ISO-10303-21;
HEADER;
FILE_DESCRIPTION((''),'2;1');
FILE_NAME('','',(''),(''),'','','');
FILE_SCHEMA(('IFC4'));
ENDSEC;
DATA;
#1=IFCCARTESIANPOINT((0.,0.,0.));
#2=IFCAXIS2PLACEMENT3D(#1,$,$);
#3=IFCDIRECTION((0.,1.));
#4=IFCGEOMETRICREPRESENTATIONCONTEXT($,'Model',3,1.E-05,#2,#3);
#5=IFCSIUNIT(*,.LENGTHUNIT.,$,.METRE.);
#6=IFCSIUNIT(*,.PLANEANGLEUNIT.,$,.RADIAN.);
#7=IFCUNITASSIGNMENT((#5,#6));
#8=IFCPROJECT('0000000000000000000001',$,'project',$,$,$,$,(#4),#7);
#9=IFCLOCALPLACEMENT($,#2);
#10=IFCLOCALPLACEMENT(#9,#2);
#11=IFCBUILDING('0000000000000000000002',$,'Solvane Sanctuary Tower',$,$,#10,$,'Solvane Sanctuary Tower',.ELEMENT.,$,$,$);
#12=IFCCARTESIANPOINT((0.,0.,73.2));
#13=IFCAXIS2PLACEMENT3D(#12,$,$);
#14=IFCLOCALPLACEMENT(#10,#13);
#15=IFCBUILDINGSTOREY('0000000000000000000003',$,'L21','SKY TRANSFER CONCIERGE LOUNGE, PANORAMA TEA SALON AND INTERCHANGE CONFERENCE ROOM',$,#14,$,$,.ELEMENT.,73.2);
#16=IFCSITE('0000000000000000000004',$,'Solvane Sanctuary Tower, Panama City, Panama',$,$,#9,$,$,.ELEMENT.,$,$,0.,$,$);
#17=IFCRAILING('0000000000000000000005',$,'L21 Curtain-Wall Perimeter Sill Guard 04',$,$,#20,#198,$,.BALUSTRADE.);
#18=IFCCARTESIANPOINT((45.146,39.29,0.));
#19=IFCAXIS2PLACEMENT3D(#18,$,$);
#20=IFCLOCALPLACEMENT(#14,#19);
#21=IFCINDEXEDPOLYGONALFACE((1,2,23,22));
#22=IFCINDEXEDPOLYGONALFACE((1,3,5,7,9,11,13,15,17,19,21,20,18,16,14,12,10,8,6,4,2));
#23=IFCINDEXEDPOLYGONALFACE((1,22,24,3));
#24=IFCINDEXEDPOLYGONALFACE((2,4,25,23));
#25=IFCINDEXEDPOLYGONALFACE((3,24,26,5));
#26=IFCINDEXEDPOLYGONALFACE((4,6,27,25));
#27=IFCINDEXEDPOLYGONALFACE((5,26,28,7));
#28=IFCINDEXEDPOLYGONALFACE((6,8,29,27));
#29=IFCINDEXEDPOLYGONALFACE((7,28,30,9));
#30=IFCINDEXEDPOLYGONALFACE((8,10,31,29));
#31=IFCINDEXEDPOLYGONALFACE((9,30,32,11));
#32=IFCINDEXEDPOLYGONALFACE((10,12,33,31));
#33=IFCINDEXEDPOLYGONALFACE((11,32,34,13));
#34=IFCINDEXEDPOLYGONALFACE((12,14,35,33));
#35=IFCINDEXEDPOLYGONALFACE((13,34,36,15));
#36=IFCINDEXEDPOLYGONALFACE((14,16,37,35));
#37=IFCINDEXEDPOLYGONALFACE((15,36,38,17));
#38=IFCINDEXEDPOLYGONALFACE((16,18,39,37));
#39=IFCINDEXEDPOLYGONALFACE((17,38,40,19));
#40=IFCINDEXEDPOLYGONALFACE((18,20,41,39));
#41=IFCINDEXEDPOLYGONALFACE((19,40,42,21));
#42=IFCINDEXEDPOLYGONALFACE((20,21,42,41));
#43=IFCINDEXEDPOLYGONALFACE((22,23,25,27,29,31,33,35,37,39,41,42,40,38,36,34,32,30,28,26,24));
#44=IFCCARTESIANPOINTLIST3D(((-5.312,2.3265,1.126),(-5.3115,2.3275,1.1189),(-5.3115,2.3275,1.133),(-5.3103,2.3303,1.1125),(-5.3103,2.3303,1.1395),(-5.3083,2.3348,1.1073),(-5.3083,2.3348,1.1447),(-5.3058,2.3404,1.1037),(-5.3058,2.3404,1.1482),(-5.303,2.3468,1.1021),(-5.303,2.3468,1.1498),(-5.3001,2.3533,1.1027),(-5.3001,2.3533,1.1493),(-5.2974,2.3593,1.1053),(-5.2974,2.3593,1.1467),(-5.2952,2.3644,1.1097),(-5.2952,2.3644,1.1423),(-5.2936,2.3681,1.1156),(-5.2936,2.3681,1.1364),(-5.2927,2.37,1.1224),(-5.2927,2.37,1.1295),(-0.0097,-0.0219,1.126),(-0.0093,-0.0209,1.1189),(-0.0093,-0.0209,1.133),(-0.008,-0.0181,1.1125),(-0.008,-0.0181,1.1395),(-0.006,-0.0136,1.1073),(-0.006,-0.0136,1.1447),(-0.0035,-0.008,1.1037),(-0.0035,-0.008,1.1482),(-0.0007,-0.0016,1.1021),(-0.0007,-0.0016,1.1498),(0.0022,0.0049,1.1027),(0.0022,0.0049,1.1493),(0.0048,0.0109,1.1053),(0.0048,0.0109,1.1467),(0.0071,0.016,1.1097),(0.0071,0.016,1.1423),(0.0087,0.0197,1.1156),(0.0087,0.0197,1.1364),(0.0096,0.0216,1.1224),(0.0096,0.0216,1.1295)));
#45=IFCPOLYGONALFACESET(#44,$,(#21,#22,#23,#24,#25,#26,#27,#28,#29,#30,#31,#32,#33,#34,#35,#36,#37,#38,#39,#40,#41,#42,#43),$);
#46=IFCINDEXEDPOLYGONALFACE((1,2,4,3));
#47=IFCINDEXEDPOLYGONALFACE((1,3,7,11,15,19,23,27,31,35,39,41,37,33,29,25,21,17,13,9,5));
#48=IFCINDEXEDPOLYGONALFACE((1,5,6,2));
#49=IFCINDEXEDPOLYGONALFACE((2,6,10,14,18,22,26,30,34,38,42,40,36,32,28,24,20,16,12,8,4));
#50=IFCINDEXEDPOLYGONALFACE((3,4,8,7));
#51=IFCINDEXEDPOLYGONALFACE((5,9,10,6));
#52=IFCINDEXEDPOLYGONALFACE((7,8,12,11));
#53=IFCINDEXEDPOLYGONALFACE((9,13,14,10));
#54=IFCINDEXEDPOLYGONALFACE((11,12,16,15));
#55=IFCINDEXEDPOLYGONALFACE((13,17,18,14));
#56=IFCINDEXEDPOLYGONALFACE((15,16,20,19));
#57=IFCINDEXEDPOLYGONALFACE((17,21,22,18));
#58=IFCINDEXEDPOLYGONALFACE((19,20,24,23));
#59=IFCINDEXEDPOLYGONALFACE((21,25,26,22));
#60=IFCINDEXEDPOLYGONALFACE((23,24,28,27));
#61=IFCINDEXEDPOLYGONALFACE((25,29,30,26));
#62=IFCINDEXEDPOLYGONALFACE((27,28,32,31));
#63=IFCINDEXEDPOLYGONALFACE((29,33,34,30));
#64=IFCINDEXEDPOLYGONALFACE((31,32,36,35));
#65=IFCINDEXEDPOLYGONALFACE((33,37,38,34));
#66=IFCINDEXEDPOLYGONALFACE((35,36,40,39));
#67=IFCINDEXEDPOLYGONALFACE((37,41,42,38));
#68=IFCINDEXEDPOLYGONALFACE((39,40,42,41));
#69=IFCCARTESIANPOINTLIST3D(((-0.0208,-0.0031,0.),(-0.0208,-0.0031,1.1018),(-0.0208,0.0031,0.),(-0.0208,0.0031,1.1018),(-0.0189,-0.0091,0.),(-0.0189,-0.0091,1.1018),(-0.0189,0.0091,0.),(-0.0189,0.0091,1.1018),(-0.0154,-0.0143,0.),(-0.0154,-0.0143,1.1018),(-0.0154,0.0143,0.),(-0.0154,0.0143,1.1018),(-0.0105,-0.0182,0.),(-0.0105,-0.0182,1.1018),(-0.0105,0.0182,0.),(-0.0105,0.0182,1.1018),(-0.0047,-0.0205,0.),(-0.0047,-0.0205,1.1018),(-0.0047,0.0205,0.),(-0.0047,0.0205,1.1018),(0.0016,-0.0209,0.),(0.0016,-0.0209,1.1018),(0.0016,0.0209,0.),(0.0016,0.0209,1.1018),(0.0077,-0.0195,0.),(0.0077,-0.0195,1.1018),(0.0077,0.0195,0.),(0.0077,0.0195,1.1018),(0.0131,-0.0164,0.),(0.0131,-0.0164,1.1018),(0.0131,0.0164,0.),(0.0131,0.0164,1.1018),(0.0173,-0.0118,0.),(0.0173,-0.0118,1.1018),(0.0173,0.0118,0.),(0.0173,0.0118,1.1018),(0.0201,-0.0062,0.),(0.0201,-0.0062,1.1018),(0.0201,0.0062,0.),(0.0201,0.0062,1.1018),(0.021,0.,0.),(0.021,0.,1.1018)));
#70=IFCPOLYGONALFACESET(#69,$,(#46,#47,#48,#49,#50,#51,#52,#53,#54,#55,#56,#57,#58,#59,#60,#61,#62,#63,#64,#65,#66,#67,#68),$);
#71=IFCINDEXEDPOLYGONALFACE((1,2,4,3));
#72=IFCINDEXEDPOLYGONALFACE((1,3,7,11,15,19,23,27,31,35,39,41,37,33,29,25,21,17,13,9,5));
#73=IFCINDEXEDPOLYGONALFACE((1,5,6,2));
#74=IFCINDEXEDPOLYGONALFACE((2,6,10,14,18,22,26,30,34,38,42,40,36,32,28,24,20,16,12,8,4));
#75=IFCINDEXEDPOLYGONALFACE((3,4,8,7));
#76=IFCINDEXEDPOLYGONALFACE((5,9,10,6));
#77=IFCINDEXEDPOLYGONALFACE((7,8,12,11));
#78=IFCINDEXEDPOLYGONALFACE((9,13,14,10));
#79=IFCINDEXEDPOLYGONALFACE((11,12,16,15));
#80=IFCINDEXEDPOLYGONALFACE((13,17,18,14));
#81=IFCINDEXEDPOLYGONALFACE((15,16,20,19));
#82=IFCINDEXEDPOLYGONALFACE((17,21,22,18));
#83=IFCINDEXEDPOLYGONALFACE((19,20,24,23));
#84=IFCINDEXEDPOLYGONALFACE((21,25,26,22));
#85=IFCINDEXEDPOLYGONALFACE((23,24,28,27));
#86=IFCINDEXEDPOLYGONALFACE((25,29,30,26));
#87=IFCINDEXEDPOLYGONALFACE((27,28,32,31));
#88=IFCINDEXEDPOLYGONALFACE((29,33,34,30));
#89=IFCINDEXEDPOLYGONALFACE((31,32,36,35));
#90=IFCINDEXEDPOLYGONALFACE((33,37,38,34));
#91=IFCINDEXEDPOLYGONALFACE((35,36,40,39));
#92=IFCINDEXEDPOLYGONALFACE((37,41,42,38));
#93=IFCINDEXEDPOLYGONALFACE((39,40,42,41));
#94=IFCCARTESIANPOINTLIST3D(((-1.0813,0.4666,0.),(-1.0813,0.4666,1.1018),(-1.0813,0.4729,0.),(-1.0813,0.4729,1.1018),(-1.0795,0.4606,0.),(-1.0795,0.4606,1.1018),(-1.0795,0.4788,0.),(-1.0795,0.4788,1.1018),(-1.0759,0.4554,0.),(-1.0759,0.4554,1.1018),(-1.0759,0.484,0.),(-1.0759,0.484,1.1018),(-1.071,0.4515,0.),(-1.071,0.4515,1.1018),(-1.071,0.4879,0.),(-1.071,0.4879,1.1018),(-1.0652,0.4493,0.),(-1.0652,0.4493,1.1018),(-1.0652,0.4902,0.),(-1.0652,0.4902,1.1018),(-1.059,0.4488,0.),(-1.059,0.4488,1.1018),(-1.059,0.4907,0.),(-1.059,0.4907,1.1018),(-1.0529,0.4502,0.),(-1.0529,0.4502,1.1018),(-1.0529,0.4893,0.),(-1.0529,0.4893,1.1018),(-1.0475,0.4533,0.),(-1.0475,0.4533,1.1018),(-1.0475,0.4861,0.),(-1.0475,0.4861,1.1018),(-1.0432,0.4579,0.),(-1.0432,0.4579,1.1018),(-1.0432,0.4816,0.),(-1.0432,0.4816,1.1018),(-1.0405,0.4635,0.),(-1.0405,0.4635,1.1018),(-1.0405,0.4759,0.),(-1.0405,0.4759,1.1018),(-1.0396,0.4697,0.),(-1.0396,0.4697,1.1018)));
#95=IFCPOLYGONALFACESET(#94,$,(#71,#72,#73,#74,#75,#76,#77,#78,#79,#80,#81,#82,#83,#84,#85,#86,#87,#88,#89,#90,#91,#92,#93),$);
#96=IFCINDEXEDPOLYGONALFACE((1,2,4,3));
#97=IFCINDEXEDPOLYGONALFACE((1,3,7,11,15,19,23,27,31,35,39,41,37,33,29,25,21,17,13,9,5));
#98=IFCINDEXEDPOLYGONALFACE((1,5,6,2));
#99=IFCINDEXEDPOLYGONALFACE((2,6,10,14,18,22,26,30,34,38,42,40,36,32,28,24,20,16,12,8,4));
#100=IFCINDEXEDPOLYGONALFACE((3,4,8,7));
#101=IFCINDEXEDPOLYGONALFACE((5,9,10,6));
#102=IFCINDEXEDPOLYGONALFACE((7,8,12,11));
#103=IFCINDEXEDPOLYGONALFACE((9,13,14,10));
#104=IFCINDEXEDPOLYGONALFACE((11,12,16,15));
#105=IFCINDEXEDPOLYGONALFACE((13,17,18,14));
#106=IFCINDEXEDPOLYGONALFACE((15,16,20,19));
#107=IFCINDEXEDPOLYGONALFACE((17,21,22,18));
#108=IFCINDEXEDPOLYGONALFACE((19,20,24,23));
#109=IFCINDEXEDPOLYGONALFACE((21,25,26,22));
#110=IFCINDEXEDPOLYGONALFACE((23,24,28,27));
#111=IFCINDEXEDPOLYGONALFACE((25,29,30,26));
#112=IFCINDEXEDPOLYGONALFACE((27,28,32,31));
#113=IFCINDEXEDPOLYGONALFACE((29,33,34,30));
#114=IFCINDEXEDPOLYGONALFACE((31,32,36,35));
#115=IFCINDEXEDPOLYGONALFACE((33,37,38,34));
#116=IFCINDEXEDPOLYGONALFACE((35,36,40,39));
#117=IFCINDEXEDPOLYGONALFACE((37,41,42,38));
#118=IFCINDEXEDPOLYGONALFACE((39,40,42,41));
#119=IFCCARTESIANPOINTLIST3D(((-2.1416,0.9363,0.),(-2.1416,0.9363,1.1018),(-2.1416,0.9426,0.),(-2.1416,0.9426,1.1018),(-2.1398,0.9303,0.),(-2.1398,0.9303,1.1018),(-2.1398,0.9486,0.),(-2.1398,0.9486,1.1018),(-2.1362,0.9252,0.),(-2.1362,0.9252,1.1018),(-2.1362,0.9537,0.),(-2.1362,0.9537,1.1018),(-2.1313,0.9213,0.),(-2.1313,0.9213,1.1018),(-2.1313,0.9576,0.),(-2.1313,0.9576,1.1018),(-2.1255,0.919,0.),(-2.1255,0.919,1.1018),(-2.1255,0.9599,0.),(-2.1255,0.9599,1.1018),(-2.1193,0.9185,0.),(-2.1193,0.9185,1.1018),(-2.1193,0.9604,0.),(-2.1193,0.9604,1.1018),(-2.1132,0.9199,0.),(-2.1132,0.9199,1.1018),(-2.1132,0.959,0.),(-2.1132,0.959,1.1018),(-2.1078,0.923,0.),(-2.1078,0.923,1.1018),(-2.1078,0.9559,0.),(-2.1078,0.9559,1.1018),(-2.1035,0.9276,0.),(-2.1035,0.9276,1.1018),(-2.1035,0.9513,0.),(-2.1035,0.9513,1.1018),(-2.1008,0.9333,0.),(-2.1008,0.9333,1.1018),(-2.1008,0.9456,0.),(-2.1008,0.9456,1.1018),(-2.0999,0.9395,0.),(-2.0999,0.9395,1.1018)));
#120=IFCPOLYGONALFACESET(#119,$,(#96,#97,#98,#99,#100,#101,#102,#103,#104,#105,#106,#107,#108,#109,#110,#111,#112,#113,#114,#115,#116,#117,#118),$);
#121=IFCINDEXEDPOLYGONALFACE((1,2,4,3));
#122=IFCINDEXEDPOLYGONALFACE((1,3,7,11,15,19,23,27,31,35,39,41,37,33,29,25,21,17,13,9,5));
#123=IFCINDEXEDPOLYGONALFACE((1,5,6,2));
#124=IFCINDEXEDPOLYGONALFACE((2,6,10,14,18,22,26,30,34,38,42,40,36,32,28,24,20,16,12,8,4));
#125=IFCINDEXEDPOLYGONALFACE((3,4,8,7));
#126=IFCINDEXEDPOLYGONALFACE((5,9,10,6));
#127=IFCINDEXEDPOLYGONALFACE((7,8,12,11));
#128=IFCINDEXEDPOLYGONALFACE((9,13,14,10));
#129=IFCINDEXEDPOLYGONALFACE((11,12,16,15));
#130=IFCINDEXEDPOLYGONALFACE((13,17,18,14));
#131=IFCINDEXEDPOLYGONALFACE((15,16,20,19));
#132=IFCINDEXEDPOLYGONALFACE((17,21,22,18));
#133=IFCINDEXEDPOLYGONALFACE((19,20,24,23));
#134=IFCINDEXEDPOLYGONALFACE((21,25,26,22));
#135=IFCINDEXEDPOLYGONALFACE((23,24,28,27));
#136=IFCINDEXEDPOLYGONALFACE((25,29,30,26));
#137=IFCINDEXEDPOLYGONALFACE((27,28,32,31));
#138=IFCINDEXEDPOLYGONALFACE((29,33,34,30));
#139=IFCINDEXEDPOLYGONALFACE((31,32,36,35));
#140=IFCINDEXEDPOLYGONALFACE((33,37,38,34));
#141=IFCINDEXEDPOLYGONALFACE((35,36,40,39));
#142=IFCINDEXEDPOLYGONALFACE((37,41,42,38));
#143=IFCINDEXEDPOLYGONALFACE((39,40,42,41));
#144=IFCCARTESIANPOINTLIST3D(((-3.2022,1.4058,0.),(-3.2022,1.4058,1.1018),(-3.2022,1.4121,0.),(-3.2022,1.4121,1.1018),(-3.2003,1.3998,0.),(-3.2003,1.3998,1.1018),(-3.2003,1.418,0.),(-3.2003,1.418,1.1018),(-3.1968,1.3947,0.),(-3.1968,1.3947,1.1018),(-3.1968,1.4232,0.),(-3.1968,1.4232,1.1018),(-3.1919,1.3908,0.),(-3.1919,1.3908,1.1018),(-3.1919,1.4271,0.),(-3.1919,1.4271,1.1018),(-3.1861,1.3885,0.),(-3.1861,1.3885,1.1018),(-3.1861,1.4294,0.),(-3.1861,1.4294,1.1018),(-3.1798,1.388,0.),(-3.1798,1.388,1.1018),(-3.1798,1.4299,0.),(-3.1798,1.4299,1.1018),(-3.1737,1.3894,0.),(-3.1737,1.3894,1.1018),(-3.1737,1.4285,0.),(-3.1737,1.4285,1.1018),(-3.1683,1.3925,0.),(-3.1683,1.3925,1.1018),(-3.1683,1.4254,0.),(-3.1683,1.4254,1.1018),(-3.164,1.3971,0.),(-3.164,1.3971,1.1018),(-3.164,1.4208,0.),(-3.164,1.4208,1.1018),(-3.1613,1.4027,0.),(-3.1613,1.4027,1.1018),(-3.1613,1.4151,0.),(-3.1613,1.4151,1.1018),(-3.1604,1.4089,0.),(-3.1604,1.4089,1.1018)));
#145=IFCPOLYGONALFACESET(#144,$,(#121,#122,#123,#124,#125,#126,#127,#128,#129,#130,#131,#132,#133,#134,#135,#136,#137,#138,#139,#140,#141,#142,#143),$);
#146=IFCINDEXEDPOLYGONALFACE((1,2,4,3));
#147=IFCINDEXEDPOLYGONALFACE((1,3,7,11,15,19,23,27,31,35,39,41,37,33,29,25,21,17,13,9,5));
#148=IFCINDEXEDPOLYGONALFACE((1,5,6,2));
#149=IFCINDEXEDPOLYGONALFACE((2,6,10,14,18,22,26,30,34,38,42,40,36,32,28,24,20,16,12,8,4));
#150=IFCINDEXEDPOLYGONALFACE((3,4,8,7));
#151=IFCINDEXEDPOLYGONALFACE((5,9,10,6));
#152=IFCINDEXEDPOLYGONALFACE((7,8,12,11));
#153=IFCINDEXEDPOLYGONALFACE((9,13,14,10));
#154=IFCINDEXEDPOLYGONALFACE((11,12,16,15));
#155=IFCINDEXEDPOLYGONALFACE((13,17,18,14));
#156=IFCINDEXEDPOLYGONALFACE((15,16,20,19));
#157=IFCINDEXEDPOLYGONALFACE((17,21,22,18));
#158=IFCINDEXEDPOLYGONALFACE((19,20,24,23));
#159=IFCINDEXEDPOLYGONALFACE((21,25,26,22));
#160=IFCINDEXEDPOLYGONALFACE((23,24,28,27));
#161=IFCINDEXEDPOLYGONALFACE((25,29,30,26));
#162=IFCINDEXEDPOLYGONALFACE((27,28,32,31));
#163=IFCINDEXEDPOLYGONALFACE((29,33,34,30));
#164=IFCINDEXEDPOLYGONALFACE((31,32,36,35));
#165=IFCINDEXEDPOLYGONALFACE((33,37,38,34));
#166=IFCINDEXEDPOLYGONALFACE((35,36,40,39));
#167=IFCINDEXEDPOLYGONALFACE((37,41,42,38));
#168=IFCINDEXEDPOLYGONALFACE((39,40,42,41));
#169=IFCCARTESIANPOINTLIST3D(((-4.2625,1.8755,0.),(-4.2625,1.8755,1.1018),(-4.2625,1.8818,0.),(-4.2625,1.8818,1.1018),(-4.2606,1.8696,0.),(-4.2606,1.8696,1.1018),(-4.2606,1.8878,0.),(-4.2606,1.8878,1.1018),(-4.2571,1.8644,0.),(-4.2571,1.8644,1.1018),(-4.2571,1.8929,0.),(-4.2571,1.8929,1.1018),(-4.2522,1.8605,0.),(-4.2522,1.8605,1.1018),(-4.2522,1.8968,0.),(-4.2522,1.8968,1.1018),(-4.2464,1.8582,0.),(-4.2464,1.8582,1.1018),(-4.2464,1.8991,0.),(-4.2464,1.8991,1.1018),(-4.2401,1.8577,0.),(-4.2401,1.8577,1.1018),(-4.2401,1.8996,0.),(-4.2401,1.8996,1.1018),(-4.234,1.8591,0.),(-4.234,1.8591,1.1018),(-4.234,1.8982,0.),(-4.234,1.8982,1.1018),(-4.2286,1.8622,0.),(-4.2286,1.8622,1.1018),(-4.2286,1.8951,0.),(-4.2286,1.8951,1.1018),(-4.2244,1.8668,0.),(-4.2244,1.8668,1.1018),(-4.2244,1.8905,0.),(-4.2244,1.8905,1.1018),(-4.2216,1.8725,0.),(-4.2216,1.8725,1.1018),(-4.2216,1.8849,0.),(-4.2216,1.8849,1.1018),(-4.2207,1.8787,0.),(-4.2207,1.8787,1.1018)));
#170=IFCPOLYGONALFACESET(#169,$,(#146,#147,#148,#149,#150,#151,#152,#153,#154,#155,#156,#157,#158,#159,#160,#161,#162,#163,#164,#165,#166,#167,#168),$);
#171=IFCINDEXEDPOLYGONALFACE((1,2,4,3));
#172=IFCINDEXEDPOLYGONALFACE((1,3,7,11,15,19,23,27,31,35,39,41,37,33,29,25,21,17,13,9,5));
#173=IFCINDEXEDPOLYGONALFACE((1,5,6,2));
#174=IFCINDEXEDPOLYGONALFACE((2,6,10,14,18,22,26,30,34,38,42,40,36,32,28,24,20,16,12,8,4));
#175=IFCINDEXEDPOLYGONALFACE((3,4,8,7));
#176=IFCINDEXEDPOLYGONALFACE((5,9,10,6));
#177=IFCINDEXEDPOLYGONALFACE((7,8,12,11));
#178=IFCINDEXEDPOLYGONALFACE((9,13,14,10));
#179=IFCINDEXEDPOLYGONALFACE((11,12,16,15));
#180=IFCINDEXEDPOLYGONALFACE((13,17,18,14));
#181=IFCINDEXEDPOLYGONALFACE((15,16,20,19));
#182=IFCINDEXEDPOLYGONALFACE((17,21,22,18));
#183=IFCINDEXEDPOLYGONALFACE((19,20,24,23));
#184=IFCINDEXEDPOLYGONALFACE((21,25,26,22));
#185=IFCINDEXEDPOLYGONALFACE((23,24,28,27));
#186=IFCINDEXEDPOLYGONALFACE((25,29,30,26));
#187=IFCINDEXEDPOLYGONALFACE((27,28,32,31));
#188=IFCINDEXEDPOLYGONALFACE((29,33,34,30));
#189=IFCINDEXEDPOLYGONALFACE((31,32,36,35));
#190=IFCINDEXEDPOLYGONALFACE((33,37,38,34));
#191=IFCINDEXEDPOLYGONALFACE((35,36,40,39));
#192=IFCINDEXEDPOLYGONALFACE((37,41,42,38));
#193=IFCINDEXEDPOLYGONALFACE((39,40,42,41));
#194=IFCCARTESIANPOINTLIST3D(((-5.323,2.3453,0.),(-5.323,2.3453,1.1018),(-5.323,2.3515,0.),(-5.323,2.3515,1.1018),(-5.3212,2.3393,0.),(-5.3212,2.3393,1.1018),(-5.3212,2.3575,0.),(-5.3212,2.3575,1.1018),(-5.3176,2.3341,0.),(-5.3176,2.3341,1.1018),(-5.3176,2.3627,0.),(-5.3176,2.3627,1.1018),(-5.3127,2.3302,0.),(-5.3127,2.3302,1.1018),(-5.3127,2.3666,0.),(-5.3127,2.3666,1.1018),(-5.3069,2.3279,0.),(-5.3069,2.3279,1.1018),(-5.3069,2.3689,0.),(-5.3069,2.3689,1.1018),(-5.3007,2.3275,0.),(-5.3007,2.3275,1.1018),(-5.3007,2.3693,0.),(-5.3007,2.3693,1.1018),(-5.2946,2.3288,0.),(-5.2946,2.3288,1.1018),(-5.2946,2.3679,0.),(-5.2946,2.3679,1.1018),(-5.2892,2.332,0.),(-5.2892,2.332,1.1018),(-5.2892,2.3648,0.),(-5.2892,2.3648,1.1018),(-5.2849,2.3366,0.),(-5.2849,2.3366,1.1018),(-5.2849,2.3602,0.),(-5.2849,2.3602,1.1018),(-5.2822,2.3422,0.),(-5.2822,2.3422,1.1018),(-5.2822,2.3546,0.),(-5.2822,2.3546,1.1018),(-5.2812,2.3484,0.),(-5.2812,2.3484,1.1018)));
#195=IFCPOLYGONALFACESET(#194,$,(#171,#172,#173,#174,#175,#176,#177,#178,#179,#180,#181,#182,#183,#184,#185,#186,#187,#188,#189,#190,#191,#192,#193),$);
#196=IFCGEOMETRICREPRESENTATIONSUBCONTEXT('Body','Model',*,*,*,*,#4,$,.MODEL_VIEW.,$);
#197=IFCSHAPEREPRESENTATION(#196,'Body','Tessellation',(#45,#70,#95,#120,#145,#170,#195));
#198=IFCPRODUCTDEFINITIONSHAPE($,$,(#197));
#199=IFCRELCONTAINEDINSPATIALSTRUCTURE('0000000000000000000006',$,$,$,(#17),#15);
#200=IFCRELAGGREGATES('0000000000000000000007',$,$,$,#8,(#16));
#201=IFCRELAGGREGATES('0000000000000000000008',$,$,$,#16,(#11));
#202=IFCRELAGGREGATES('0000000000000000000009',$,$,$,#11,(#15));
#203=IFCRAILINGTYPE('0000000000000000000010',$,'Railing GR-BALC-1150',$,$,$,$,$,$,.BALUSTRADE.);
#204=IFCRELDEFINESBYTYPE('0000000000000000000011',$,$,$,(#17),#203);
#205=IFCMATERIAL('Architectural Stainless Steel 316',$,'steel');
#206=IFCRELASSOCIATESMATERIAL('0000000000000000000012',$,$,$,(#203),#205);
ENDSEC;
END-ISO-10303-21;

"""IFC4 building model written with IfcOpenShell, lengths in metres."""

from ifc_helpers import new_model, si_unit, direction, frame, origin, origin_2d, place, context, subcontext, project, spatial, circle, extrude, material, type_object, element, save


model = new_model("IFC4")

# Units and contexts
model_context = context("Model", 3, precision=1e-05, world=origin(), true_north=direction((0.0, 1.0)))
body_context = subcontext(model_context, "Body", "Model", "MODEL_VIEW")
ifc_project = project(units=[si_unit("LENGTHUNIT", "METRE"), si_unit("PLANEANGLEUNIT", "RADIAN")], contexts=[model_context])

# Site, building, storey
site_placement = place(None, origin())
site = spatial("IfcSite", under=ifc_project, at=site_placement, Name="Solvane Sanctuary Tower, Panama City, Panama", CompositionType="ELEMENT", RefElevation=0.0)
building_placement = place(site_placement, origin())
building = spatial("IfcBuilding", under=site, at=building_placement, Name="Solvane Sanctuary Tower", LongName="Solvane Sanctuary Tower", CompositionType="ELEMENT")
storey_placement = place(building_placement, frame((0.0, 0.0, 73.2)))
storey = spatial("IfcBuildingStorey", under=building, at=storey_placement, Name="L21", Description="SKY TRANSFER CONCIERGE LOUNGE, PANORAMA TEA SALON AND INTERCHANGE CONFERENCE ROOM", CompositionType="ELEMENT", Elevation=73.2)

# Shared definitions
ifc_material_1 = material(Name="Architectural Stainless Steel 316", Category="steel")

# Railing
railing_type = type_object("IfcRailingType", Name="Railing GR-BALC-1150", PredefinedType="BALUSTRADE", material=ifc_material_1)
railing_1_placement = place(storey_placement, frame((45.146, 39.29, 0.0)))
element("IfcRailing", 1, at=railing_1_placement, inside=storey, type_object=railing_type, Name="L21 Curtain-Wall Perimeter Sill Guard 04", PredefinedType="BALUSTRADE", context=body_context, shape_type="SweptSolid", body=[
    extrude(circle(Radius=0.0239, at=origin_2d()), frame((0.0, 0.0, 1.126), z_axis=(-0.914333, 0.404962, 0.0), x_axis=(-0.404962, -0.914333, 0.0)), (0.0, 0.0, 1.0), 5.7991),
    extrude(circle(Radius=0.021, at=origin_2d()), origin(), (0.0, 0.0, 1.0), 1.1018),
    extrude(circle(Radius=0.021, at=origin_2d()), frame((-1.0605, 0.4697, 0.0)), (0.0, 0.0, 1.0), 1.1018),
    extrude(circle(Radius=0.021, at=origin_2d()), frame((-2.1208, 0.9395, 0.0)), (0.0, 0.0, 1.0), 1.1018),
    extrude(circle(Radius=0.021, at=origin_2d()), frame((-3.1814, 1.4089, 0.0)), (0.0, 0.0, 1.0), 1.1018),
    extrude(circle(Radius=0.021, at=origin_2d()), frame((-4.2417, 1.8787, 0.0)), (0.0, 0.0, 1.0), 1.1018),
    extrude(circle(Radius=0.021, at=origin_2d()), frame((-5.3022, 2.3484, 0.0)), (0.0, 0.0, 1.0), 1.1018),
])

save(model, "model.ifc")
